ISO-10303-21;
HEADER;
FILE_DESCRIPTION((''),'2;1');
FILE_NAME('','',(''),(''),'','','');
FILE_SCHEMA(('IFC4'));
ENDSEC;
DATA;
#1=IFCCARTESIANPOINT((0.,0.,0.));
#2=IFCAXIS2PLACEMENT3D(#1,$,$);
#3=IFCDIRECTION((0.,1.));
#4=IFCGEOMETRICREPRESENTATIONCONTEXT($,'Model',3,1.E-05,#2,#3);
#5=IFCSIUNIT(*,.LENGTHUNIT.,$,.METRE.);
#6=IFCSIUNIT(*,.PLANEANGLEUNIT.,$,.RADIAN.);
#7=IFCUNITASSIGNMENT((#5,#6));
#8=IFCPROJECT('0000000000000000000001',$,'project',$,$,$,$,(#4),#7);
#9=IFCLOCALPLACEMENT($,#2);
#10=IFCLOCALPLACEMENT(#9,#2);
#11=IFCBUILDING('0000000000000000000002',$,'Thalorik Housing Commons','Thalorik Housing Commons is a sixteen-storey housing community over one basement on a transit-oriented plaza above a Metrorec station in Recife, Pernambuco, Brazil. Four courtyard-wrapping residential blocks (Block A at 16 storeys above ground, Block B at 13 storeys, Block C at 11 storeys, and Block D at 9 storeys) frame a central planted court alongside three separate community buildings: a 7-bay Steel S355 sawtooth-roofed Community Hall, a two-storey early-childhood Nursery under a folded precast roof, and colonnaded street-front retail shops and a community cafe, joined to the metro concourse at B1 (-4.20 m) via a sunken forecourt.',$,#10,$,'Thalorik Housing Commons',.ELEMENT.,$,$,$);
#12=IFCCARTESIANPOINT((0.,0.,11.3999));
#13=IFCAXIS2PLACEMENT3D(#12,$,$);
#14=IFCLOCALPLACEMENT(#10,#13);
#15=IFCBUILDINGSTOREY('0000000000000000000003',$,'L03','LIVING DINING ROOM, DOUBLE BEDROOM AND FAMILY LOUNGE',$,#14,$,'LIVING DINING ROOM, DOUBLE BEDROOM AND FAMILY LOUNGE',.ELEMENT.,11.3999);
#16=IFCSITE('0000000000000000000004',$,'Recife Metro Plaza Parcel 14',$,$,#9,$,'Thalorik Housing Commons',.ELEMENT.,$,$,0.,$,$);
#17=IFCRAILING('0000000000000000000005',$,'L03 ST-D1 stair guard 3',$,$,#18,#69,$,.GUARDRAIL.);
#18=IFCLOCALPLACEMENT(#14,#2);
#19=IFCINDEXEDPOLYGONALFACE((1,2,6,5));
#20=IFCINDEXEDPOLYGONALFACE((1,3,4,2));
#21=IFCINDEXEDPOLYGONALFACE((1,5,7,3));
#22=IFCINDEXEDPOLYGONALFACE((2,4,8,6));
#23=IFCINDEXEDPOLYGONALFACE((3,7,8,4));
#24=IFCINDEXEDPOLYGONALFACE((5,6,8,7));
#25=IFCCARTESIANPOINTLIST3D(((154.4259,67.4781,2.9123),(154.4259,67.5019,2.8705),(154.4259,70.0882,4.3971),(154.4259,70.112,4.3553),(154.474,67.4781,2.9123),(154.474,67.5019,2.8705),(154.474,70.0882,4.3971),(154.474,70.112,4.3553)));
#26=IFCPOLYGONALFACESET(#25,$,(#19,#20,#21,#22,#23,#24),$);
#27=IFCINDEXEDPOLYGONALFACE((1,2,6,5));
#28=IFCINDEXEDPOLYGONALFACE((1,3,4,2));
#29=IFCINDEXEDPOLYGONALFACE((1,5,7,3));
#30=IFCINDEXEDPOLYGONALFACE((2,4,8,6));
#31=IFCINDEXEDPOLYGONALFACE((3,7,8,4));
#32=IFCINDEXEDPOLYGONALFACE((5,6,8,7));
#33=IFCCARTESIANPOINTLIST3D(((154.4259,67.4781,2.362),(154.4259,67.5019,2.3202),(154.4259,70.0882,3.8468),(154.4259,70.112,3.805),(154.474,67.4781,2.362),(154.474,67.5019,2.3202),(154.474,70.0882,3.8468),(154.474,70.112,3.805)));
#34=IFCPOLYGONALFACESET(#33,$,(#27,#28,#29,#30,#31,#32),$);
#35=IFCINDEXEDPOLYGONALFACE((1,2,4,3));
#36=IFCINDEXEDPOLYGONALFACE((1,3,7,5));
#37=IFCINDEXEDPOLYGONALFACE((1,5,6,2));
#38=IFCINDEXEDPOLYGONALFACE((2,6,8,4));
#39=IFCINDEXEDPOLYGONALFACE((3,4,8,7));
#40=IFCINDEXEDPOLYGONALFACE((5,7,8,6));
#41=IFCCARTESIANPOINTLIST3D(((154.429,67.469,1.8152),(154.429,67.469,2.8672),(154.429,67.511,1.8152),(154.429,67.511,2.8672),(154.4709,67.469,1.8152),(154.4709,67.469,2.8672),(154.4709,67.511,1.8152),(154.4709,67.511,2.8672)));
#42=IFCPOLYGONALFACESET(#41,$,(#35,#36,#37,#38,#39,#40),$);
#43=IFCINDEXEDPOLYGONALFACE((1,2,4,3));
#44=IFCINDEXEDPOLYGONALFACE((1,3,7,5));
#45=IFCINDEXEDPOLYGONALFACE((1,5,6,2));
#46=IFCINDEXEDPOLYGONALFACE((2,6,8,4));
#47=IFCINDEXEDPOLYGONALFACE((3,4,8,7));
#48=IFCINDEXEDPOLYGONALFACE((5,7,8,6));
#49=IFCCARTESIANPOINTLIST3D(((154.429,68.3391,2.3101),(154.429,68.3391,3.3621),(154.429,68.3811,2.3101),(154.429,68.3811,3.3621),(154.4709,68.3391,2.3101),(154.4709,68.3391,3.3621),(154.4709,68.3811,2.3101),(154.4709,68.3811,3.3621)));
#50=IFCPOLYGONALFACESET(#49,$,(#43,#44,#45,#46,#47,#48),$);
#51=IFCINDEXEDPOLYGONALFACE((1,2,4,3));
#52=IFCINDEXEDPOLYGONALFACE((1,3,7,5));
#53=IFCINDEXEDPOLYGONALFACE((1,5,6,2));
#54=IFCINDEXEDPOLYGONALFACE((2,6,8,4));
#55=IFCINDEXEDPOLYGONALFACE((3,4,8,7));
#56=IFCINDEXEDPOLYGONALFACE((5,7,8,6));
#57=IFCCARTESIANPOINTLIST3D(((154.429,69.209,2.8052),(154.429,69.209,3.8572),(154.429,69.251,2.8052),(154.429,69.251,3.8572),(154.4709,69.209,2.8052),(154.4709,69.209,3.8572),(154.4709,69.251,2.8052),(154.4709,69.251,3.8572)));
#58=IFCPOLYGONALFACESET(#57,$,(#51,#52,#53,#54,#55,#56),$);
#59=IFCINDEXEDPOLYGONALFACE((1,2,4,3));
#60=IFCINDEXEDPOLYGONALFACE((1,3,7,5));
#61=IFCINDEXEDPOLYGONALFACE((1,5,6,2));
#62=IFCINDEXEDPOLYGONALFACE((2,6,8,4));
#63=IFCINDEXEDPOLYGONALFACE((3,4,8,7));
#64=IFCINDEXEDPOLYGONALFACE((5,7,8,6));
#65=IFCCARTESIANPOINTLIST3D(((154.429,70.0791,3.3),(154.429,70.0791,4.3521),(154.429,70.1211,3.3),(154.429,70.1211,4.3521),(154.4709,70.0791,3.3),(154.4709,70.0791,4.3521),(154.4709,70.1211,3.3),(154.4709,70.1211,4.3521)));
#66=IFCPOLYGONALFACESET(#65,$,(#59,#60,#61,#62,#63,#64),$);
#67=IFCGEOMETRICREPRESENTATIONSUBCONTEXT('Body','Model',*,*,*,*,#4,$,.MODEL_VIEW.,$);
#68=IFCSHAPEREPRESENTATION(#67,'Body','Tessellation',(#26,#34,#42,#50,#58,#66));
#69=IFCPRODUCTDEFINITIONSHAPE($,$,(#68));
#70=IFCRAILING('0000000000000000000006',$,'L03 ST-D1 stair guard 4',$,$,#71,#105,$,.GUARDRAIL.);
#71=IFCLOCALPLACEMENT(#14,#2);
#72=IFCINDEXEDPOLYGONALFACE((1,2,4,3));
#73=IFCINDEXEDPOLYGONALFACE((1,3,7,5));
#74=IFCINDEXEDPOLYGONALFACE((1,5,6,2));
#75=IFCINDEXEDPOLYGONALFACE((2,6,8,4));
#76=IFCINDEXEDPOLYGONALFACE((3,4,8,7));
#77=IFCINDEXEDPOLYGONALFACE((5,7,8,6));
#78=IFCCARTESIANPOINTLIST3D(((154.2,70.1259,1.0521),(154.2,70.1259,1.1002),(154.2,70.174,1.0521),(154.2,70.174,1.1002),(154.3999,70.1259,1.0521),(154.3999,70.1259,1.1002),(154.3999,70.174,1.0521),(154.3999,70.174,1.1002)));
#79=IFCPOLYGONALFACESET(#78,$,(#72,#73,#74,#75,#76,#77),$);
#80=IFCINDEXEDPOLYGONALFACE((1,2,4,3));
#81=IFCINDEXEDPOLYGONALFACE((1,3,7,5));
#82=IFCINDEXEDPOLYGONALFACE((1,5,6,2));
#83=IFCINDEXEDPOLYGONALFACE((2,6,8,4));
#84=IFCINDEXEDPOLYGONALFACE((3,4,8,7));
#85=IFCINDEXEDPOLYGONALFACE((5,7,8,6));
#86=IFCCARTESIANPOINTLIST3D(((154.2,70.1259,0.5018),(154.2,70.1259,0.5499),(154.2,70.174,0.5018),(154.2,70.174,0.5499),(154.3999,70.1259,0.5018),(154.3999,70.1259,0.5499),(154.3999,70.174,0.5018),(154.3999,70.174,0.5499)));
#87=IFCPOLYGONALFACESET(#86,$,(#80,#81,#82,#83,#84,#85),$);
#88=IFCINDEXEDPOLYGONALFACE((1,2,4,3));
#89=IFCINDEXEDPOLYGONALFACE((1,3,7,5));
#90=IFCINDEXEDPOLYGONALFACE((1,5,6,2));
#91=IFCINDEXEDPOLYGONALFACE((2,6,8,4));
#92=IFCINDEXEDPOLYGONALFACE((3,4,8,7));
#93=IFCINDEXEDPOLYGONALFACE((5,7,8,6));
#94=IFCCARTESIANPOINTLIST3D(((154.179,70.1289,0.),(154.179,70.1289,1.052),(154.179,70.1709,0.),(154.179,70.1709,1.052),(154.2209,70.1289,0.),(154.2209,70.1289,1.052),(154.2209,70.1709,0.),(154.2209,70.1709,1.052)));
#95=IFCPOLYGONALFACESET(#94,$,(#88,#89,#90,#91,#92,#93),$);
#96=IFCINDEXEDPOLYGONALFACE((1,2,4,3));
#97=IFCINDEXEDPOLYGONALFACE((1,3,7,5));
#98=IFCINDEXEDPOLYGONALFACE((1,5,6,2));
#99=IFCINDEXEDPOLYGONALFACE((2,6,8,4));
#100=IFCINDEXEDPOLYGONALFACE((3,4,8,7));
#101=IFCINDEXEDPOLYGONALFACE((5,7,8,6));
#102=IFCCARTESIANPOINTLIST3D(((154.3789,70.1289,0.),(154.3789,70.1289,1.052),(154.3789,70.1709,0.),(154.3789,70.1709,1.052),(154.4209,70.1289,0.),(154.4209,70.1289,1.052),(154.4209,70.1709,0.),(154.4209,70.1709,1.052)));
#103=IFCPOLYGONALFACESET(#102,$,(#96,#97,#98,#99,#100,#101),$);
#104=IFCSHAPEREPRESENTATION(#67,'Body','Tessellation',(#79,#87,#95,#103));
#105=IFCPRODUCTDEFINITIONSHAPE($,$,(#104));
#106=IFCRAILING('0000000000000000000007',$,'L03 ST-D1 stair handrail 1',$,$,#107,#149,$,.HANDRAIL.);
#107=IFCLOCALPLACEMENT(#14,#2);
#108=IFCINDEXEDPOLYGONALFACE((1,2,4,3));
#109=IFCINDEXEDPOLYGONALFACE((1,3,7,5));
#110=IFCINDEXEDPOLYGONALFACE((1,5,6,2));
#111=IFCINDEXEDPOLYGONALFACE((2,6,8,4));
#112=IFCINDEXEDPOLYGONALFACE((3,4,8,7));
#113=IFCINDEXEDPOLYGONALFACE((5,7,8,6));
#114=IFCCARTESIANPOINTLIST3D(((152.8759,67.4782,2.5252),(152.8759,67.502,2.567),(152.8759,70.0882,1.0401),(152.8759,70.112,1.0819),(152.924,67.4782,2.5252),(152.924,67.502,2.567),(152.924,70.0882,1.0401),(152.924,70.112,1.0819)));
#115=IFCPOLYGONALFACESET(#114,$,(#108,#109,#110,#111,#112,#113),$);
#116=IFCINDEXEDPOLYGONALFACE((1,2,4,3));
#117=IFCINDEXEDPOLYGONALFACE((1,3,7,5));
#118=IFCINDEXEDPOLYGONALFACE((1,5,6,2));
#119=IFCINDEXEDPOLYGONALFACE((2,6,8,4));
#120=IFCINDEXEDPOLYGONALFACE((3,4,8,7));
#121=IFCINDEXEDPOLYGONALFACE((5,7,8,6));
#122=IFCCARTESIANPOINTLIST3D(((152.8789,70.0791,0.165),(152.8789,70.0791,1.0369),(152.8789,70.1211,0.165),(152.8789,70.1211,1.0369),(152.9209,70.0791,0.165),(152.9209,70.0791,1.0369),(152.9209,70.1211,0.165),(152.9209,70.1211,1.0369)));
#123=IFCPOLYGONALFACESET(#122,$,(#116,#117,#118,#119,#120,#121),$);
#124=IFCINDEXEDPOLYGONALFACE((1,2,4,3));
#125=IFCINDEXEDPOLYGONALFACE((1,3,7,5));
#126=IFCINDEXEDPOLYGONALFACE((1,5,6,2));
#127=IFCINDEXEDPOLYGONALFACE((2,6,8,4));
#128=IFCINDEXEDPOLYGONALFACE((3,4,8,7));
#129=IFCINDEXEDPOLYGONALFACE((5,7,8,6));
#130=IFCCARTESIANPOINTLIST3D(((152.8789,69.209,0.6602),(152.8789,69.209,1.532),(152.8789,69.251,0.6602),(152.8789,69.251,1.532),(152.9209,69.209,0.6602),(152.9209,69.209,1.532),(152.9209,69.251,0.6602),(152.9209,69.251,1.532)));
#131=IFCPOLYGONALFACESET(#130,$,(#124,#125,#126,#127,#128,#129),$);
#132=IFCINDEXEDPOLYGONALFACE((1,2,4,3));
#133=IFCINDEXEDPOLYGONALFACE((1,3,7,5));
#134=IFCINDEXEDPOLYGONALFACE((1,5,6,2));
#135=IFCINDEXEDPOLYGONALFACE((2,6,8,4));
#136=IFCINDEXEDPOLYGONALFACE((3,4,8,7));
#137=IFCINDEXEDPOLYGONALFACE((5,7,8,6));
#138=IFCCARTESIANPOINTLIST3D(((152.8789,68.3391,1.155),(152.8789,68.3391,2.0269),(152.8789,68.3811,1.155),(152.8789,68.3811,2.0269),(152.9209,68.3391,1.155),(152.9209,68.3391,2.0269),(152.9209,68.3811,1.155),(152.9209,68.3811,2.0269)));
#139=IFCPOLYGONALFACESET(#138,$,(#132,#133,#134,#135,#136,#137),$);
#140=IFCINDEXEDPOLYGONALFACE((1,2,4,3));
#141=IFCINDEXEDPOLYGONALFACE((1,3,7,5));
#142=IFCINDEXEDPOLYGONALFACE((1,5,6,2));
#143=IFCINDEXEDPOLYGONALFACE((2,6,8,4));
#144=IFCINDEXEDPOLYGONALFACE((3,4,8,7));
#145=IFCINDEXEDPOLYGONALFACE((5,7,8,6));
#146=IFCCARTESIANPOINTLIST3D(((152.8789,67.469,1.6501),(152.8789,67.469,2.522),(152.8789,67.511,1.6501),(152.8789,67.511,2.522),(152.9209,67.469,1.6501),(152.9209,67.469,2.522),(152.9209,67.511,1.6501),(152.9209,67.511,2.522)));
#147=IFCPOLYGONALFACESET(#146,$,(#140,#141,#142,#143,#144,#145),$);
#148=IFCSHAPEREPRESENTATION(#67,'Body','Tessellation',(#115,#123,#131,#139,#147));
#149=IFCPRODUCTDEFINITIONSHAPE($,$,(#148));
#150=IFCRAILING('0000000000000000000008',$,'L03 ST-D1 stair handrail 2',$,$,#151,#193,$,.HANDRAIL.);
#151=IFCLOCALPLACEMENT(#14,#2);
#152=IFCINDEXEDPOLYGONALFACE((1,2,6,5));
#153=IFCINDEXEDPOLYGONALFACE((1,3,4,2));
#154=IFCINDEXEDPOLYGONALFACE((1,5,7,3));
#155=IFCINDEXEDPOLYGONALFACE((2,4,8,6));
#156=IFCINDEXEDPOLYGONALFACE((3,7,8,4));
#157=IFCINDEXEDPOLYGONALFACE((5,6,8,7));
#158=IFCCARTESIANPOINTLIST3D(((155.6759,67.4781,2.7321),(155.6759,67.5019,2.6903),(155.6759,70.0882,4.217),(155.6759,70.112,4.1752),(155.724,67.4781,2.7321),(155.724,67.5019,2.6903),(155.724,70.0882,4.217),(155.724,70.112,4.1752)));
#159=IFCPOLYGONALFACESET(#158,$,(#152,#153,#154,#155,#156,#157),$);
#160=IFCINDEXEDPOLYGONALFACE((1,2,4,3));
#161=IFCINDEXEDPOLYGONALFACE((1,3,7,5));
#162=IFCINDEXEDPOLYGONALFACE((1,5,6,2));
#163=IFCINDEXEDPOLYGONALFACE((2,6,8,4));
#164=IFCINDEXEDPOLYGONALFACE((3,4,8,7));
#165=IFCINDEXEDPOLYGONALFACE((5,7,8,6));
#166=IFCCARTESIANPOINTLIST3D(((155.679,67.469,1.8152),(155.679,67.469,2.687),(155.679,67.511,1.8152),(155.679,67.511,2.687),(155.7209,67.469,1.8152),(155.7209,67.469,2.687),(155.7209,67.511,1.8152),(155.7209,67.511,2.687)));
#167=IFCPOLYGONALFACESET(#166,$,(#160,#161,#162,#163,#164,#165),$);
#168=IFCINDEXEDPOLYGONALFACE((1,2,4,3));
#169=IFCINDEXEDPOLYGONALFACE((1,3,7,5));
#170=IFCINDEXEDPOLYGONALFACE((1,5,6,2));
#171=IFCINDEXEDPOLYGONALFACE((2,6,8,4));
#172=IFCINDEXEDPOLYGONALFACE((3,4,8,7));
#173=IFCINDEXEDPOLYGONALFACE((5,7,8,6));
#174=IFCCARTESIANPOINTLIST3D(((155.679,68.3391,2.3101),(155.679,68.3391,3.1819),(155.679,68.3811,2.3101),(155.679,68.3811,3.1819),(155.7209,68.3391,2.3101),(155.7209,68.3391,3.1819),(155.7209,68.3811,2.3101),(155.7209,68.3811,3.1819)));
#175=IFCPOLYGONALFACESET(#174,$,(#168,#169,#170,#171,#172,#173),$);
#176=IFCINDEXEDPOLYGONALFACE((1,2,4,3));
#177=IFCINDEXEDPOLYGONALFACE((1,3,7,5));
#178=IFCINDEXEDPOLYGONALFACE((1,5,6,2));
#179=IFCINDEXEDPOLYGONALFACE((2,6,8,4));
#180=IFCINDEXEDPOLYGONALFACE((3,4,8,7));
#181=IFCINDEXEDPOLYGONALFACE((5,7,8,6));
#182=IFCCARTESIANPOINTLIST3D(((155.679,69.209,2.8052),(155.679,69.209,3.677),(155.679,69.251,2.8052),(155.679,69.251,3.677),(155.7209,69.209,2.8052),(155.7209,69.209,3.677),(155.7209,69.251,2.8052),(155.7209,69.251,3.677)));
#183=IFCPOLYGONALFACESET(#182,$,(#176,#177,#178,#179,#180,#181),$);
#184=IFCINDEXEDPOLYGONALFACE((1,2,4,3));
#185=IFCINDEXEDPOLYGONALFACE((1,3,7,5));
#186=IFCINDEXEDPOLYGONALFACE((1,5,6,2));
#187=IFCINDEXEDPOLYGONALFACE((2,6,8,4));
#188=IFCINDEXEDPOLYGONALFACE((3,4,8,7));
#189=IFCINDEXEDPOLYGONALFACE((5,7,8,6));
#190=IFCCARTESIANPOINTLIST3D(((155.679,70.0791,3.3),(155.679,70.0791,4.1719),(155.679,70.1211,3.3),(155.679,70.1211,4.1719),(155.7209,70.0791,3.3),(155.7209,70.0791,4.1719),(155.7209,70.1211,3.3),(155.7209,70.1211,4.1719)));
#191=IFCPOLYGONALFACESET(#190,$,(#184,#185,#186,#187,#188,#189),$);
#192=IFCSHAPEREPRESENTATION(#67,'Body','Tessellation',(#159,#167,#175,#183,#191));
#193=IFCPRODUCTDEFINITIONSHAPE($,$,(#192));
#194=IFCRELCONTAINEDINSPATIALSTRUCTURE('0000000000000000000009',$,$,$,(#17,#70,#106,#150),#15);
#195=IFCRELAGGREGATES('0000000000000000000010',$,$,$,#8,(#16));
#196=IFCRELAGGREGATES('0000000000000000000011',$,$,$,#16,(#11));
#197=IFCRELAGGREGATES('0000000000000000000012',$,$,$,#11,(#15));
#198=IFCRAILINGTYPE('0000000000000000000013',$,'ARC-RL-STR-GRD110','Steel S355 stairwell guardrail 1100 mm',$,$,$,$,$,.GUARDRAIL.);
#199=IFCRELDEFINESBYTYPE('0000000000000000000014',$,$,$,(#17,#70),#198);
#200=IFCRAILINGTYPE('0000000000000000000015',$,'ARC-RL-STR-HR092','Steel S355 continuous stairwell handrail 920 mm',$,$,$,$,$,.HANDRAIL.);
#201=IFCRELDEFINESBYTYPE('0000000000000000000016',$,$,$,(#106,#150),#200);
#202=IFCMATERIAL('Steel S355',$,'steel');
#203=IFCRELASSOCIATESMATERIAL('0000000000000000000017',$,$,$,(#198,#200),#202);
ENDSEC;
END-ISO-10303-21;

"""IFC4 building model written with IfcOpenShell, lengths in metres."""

from ifc_helpers import new_model, si_unit, direction, frame, origin, origin_2d, place, context, subcontext, project, spatial, rectangle, extrude, material, type_object, element, save


model = new_model("IFC4")

# Units and contexts
model_context = context("Model", 3, precision=1e-05, world=origin(), true_north=direction((0.0, 1.0)))
body_context = subcontext(model_context, "Body", "Model", "MODEL_VIEW")
ifc_project = project(units=[si_unit("LENGTHUNIT", "METRE"), si_unit("PLANEANGLEUNIT", "RADIAN")], contexts=[model_context])

# Site, building, storey
site_placement = place(None, origin())
site = spatial("IfcSite", under=ifc_project, at=site_placement, Name="Recife Metro Plaza Parcel 14", LongName="Thalorik Housing Commons", CompositionType="ELEMENT", RefElevation=0.0)
building_placement = place(site_placement, origin())
building = spatial("IfcBuilding", under=site, at=building_placement, Name="Thalorik Housing Commons", Description="Thalorik Housing Commons is a sixteen-storey housing community over one basement on a transit-oriented plaza above a Metrorec station in Recife, Pernambuco, Brazil. Four courtyard-wrapping residential blocks (Block A at 16 storeys above ground, Block B at 13 storeys, Block C at 11 storeys, and Block D at 9 storeys) frame a central planted court alongside three separate community buildings: a 7-bay Steel S355 sawtooth-roofed Community Hall, a two-storey early-childhood Nursery under a folded precast roof, and colonnaded street-front retail shops and a community cafe, joined to the metro concourse at B1 (-4.20 m) via a sunken forecourt.", LongName="Thalorik Housing Commons", CompositionType="ELEMENT")
storey_placement = place(building_placement, frame((0.0, 0.0, 11.3999)))
storey = spatial("IfcBuildingStorey", under=building, at=storey_placement, Name="L03", Description="LIVING DINING ROOM, DOUBLE BEDROOM AND FAMILY LOUNGE", LongName="LIVING DINING ROOM, DOUBLE BEDROOM AND FAMILY LOUNGE", CompositionType="ELEMENT", Elevation=11.3999)

# Shared definitions
ifc_material_1 = material(Name="Steel S355", Category="steel")

# Railings
railing_type_1 = type_object("IfcRailingType", Name="ARC-RL-STR-GRD110", Description="Steel S355 stairwell guardrail 1100 mm", PredefinedType="GUARDRAIL", material=ifc_material_1)
railing_1_placement = place(storey_placement, frame((154.45, 67.49, 1.8152)))
element("IfcRailing", 1, at=railing_1_placement, inside=storey, type_object=railing_type_1, Name="L03 ST-D1 stair guard 3", PredefinedType="GUARDRAIL", context=body_context, shape_type="SweptSolid", body=[
    extrude(rectangle(XDim=0.0481, YDim=0.0481, at=origin_2d()), frame((0.0, 0.0, 1.0762), z_axis=(0.0, 0.869192, 0.494474), x_axis=(-1.0, 0.0, 0.0)), (0.0, 0.0, 1.0), 3.0029),
    extrude(rectangle(XDim=0.0481, YDim=0.0481, at=origin_2d()), frame((0.0, 0.0, 0.5259), z_axis=(0.0, 0.869192, 0.494474), x_axis=(-1.0, 0.0, 0.0)), (0.0, 0.0, 1.0), 3.0029),
    extrude(rectangle(XDim=0.042, YDim=0.042, at=origin_2d()), origin(), (0.0, 0.0, 1.0), 1.052),
    extrude(rectangle(XDim=0.042, YDim=0.042, at=origin_2d()), frame((0.0, 0.8701, 0.4949)), (0.0, 0.0, 1.0), 1.052),
    extrude(rectangle(XDim=0.042, YDim=0.042, at=origin_2d()), frame((0.0, 1.74, 0.99)), (0.0, 0.0, 1.0), 1.052),
    extrude(rectangle(XDim=0.042, YDim=0.042, at=origin_2d()), frame((0.0, 2.6101, 1.4849)), (0.0, 0.0, 1.0), 1.052),
])
railing_2_placement = place(storey_placement, frame((154.2, 70.1499, 0.0)))
element("IfcRailing", 2, at=railing_2_placement, inside=storey, type_object=railing_type_1, Name="L03 ST-D1 stair guard 4", PredefinedType="GUARDRAIL", context=body_context, shape_type="SweptSolid", body=[
    extrude(rectangle(XDim=0.0481, YDim=0.0481, at=origin_2d()), frame((0.0, 0.0, 1.0762), z_axis=(1.0, 0.0, 0.0), x_axis=(0.0, 1.0, 0.0)), (0.0, 0.0, 1.0), 0.2),
    extrude(rectangle(XDim=0.0481, YDim=0.0481, at=origin_2d()), frame((0.0, 0.0, 0.5259), z_axis=(1.0, 0.0, 0.0), x_axis=(0.0, 1.0, 0.0)), (0.0, 0.0, 1.0), 0.2),
    extrude(rectangle(XDim=0.042, YDim=0.042, at=origin_2d()), origin(), (0.0, 0.0, 1.0), 1.052),
    extrude(rectangle(XDim=0.042, YDim=0.042, at=origin_2d()), frame((0.2, 0.0, 0.0)), (0.0, 0.0, 1.0), 1.052),
])
railing_type_2 = type_object("IfcRailingType", Name="ARC-RL-STR-HR092", Description="Steel S355 continuous stairwell handrail 920 mm", PredefinedType="HANDRAIL", material=ifc_material_1)
railing_3_placement = place(storey_placement, frame((152.8999, 70.1001, 0.165)))
element("IfcRailing", 3, at=railing_3_placement, inside=storey, type_object=railing_type_2, Name="L03 ST-D1 stair handrail 1", PredefinedType="HANDRAIL", context=body_context, shape_type="SweptSolid", body=[
    extrude(rectangle(XDim=0.0481, YDim=0.0481, at=origin_2d()), frame((0.0, 0.0, 0.896), z_axis=(0.0, -0.869157, 0.494536), x_axis=(1.0, 0.0, 0.0)), (0.0, 0.0, 1.0), 3.0029),
    extrude(rectangle(XDim=0.042, YDim=0.042, at=origin_2d()), origin(), (0.0, 0.0, 1.0), 0.8718),
    extrude(rectangle(XDim=0.042, YDim=0.042, at=origin_2d()), frame((0.0, -0.8701, 0.4951)), (0.0, 0.0, 1.0), 0.8718),
    extrude(rectangle(XDim=0.042, YDim=0.042, at=origin_2d()), frame((0.0, -1.74, 0.99)), (0.0, 0.0, 1.0), 0.8718),
    extrude(rectangle(XDim=0.042, YDim=0.042, at=origin_2d()), frame((0.0, -2.6101, 1.4851)), (0.0, 0.0, 1.0), 0.8718),
])
railing_4_placement = place(storey_placement, frame((155.7, 67.49, 1.8152)))
element("IfcRailing", 4, at=railing_4_placement, inside=storey, type_object=railing_type_2, Name="L03 ST-D1 stair handrail 2", PredefinedType="HANDRAIL", context=body_context, shape_type="SweptSolid", body=[
    extrude(rectangle(XDim=0.0481, YDim=0.0481, at=origin_2d()), frame((0.0, 0.0, 0.896), z_axis=(0.0, 0.869192, 0.494474), x_axis=(-1.0, 0.0, 0.0)), (0.0, 0.0, 1.0), 3.0029),
    extrude(rectangle(XDim=0.042, YDim=0.042, at=origin_2d()), origin(), (0.0, 0.0, 1.0), 0.8718),
    extrude(rectangle(XDim=0.042, YDim=0.042, at=origin_2d()), frame((0.0, 0.8701, 0.4949)), (0.0, 0.0, 1.0), 0.8718),
    extrude(rectangle(XDim=0.042, YDim=0.042, at=origin_2d()), frame((0.0, 1.74, 0.99)), (0.0, 0.0, 1.0), 0.8718),
    extrude(rectangle(XDim=0.042, YDim=0.042, at=origin_2d()), frame((0.0, 2.6101, 1.4849)), (0.0, 0.0, 1.0), 0.8718),
])

save(model, "model.ifc")
